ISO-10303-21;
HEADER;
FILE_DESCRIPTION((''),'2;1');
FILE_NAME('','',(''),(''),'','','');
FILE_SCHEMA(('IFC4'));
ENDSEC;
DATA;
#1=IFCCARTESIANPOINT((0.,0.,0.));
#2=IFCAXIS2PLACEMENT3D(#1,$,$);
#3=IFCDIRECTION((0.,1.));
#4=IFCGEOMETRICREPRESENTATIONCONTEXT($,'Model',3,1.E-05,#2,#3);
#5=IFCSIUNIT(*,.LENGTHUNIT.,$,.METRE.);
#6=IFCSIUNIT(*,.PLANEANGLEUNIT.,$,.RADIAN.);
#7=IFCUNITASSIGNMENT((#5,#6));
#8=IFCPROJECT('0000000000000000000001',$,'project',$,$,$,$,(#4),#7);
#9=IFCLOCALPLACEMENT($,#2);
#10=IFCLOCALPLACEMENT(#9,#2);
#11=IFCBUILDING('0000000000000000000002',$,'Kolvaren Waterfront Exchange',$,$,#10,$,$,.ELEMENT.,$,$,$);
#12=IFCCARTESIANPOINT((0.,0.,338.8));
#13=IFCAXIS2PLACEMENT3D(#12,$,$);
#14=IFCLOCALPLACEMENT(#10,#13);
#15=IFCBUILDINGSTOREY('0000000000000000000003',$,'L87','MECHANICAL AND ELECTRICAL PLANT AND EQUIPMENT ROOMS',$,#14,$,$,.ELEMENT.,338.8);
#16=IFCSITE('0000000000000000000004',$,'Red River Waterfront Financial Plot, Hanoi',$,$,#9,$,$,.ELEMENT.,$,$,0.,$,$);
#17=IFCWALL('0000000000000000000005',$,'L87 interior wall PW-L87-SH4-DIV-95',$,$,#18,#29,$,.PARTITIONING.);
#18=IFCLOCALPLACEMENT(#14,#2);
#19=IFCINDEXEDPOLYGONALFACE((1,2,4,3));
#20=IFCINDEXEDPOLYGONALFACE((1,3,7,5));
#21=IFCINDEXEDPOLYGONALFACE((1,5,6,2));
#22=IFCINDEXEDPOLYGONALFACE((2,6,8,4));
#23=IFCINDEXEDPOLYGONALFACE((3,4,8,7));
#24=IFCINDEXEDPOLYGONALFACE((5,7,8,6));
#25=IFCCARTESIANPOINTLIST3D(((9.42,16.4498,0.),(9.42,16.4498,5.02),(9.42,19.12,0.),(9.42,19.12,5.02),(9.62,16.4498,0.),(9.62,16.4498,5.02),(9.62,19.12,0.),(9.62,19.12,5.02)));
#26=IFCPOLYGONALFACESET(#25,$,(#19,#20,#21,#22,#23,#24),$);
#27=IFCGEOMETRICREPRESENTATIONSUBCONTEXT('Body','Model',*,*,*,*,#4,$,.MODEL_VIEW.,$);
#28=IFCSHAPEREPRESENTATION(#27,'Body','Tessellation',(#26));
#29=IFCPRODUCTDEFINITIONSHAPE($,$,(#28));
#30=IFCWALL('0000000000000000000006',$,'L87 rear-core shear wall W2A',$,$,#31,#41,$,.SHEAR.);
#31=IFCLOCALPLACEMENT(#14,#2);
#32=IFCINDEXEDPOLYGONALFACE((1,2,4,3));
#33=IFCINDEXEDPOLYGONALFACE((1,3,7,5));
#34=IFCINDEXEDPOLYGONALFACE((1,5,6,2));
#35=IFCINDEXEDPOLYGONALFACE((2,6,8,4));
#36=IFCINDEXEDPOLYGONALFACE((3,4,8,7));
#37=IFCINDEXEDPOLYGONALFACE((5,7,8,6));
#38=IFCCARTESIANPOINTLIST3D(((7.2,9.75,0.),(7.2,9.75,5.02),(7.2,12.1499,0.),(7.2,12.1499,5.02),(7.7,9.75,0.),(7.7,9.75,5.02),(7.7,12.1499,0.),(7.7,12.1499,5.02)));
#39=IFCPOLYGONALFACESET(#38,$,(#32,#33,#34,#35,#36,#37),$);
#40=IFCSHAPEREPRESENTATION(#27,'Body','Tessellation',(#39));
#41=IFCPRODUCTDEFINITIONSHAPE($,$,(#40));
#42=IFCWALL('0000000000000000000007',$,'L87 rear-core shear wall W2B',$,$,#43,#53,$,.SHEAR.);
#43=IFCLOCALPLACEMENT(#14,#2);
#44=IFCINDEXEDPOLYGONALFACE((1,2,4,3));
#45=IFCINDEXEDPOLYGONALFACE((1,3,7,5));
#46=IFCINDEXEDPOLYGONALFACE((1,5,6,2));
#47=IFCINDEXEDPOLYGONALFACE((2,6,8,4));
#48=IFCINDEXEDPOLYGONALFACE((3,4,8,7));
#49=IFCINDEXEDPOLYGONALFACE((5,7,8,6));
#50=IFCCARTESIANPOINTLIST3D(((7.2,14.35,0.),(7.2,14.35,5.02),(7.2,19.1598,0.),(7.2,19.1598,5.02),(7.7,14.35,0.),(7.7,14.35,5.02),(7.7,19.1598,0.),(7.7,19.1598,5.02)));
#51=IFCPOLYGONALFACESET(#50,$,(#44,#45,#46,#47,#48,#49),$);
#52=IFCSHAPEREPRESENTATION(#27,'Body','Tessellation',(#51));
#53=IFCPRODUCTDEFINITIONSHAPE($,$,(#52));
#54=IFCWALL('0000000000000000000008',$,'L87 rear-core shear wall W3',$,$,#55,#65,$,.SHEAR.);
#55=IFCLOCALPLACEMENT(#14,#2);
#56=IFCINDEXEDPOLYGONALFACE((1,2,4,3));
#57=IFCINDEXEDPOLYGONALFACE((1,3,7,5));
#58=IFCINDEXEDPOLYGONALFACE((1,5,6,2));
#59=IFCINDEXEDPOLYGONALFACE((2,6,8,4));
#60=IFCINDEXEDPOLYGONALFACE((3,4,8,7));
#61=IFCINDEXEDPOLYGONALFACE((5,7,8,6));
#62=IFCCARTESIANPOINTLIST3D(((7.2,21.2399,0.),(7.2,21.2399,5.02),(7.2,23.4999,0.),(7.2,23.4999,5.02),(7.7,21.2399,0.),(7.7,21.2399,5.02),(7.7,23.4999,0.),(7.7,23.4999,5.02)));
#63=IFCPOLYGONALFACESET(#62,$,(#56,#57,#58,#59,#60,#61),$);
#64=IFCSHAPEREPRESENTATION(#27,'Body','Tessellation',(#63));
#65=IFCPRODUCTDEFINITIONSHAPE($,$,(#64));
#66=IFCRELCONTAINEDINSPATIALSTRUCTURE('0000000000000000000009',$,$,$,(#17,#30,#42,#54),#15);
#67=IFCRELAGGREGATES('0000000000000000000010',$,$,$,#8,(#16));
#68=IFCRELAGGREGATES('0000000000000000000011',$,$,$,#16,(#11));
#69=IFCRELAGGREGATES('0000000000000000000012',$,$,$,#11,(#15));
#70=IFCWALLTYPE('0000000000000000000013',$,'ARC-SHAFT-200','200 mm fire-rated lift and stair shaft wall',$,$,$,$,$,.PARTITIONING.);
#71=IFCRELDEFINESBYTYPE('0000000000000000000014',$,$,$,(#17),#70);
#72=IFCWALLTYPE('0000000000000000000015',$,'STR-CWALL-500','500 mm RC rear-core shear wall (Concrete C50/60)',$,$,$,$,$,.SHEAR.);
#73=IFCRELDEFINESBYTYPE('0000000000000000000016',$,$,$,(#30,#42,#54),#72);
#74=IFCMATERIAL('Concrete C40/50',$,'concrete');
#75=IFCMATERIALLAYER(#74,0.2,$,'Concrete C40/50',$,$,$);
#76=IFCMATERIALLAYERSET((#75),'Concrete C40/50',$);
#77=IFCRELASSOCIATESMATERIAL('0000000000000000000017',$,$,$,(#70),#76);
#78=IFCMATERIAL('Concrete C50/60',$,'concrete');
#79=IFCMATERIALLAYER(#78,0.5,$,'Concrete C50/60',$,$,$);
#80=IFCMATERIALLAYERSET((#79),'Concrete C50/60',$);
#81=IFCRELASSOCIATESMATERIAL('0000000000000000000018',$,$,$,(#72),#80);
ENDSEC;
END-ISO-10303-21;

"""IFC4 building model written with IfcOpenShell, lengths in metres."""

from ifc_helpers import new_model, si_unit, direction, frame, frame_2d, origin, place, context, subcontext, project, spatial, rectangle, extrude, material, layer, layer_set, type_object, element, save


model = new_model("IFC4")

# Units and contexts
model_context = context("Model", 3, precision=1e-05, world=origin(), true_north=direction((0.0, 1.0)))
body_context = subcontext(model_context, "Body", "Model", "MODEL_VIEW")
ifc_project = project(units=[si_unit("LENGTHUNIT", "METRE"), si_unit("PLANEANGLEUNIT", "RADIAN")], contexts=[model_context])

# Site, building, storey
site_placement = place(None, origin())
site = spatial("IfcSite", under=ifc_project, at=site_placement, Name="Red River Waterfront Financial Plot, Hanoi", CompositionType="ELEMENT", RefElevation=0.0)
building_placement = place(site_placement, origin())
building = spatial("IfcBuilding", under=site, at=building_placement, Name="Kolvaren Waterfront Exchange", CompositionType="ELEMENT")
storey_placement = place(building_placement, frame((0.0, 0.0, 338.8)))
storey = spatial("IfcBuildingStorey", under=building, at=storey_placement, Name="L87", Description="MECHANICAL AND ELECTRICAL PLANT AND EQUIPMENT ROOMS", CompositionType="ELEMENT", Elevation=338.8)

# Shared definitions
ifc_material_1 = material(Name="Concrete C40/50", Category="concrete")
ifc_layer_1 = layer(ifc_material_1, 0.2, Name="Concrete C40/50")
ifc_layer_set_1 = layer_set([ifc_layer_1], Name="Concrete C40/50")
wall_type_1 = type_object("IfcWallType", Name="ARC-SHAFT-200", Description="200 mm fire-rated lift and stair shaft wall", PredefinedType="PARTITIONING", material=ifc_layer_set_1)

# Walls
wall_1_placement = place(storey_placement, frame((9.52, 16.45, 0.0), z_axis=(0.0, 0.0, 1.0), x_axis=(0.0, 1.0, 0.0)))
element("IfcWall", 1, at=wall_1_placement, inside=storey, type_object=wall_type_1, Name="L87 interior wall PW-L87-SH4-DIV-95", PredefinedType="PARTITIONING", context=body_context, shape_type="SweptSolid", body=[
    extrude(rectangle(XDim=2.6702, YDim=0.2, at=frame_2d((1.335, 0.0))), origin(), (0.0, 0.0, 1.0), 5.02),
])
ifc_material_2 = material(Name="Concrete C50/60", Category="concrete")
ifc_layer_2 = layer(ifc_material_2, 0.5, Name="Concrete C50/60")
ifc_layer_set_2 = layer_set([ifc_layer_2], Name="Concrete C50/60")
wall_type_2 = type_object("IfcWallType", Name="STR-CWALL-500", Description="500 mm RC rear-core shear wall (Concrete C50/60)", PredefinedType="SHEAR", material=ifc_layer_set_2)
wall_2_placement = place(storey_placement, frame((7.45, 9.75, 0.0), z_axis=(0.0, 0.0, 1.0), x_axis=(0.0, 1.0, 0.0)))
element("IfcWall", 2, at=wall_2_placement, inside=storey, type_object=wall_type_2, Name="L87 rear-core shear wall W2A", PredefinedType="SHEAR", context=body_context, shape_type="SweptSolid", body=[
    extrude(rectangle(XDim=2.3999, YDim=0.5, at=frame_2d((1.2, 0.0))), origin(), (0.0, 0.0, 1.0), 5.02),
])
wall_3_placement = place(storey_placement, frame((7.45, 14.3501, 0.0), z_axis=(0.0, 0.0, 1.0), x_axis=(0.0, 1.0, 0.0)))
element("IfcWall", 3, at=wall_3_placement, inside=storey, type_object=wall_type_2, Name="L87 rear-core shear wall W2B", PredefinedType="SHEAR", context=body_context, shape_type="SweptSolid", body=[
    extrude(rectangle(XDim=4.8098, YDim=0.5, at=frame_2d((2.4048, 0.0))), origin(), (0.0, 0.0, 1.0), 5.02),
])
wall_4_placement = place(storey_placement, frame((7.45, 21.24, 0.0), z_axis=(0.0, 0.0, 1.0), x_axis=(0.0, 1.0, 0.0)))
element("IfcWall", 4, at=wall_4_placement, inside=storey, type_object=wall_type_2, Name="L87 rear-core shear wall W3", PredefinedType="SHEAR", context=body_context, shape_type="SweptSolid", body=[
    extrude(rectangle(XDim=2.26, YDim=0.5, at=frame_2d((1.1299, 0.0))), origin(), (0.0, 0.0, 1.0), 5.02),
])

save(model, "model.ifc")
